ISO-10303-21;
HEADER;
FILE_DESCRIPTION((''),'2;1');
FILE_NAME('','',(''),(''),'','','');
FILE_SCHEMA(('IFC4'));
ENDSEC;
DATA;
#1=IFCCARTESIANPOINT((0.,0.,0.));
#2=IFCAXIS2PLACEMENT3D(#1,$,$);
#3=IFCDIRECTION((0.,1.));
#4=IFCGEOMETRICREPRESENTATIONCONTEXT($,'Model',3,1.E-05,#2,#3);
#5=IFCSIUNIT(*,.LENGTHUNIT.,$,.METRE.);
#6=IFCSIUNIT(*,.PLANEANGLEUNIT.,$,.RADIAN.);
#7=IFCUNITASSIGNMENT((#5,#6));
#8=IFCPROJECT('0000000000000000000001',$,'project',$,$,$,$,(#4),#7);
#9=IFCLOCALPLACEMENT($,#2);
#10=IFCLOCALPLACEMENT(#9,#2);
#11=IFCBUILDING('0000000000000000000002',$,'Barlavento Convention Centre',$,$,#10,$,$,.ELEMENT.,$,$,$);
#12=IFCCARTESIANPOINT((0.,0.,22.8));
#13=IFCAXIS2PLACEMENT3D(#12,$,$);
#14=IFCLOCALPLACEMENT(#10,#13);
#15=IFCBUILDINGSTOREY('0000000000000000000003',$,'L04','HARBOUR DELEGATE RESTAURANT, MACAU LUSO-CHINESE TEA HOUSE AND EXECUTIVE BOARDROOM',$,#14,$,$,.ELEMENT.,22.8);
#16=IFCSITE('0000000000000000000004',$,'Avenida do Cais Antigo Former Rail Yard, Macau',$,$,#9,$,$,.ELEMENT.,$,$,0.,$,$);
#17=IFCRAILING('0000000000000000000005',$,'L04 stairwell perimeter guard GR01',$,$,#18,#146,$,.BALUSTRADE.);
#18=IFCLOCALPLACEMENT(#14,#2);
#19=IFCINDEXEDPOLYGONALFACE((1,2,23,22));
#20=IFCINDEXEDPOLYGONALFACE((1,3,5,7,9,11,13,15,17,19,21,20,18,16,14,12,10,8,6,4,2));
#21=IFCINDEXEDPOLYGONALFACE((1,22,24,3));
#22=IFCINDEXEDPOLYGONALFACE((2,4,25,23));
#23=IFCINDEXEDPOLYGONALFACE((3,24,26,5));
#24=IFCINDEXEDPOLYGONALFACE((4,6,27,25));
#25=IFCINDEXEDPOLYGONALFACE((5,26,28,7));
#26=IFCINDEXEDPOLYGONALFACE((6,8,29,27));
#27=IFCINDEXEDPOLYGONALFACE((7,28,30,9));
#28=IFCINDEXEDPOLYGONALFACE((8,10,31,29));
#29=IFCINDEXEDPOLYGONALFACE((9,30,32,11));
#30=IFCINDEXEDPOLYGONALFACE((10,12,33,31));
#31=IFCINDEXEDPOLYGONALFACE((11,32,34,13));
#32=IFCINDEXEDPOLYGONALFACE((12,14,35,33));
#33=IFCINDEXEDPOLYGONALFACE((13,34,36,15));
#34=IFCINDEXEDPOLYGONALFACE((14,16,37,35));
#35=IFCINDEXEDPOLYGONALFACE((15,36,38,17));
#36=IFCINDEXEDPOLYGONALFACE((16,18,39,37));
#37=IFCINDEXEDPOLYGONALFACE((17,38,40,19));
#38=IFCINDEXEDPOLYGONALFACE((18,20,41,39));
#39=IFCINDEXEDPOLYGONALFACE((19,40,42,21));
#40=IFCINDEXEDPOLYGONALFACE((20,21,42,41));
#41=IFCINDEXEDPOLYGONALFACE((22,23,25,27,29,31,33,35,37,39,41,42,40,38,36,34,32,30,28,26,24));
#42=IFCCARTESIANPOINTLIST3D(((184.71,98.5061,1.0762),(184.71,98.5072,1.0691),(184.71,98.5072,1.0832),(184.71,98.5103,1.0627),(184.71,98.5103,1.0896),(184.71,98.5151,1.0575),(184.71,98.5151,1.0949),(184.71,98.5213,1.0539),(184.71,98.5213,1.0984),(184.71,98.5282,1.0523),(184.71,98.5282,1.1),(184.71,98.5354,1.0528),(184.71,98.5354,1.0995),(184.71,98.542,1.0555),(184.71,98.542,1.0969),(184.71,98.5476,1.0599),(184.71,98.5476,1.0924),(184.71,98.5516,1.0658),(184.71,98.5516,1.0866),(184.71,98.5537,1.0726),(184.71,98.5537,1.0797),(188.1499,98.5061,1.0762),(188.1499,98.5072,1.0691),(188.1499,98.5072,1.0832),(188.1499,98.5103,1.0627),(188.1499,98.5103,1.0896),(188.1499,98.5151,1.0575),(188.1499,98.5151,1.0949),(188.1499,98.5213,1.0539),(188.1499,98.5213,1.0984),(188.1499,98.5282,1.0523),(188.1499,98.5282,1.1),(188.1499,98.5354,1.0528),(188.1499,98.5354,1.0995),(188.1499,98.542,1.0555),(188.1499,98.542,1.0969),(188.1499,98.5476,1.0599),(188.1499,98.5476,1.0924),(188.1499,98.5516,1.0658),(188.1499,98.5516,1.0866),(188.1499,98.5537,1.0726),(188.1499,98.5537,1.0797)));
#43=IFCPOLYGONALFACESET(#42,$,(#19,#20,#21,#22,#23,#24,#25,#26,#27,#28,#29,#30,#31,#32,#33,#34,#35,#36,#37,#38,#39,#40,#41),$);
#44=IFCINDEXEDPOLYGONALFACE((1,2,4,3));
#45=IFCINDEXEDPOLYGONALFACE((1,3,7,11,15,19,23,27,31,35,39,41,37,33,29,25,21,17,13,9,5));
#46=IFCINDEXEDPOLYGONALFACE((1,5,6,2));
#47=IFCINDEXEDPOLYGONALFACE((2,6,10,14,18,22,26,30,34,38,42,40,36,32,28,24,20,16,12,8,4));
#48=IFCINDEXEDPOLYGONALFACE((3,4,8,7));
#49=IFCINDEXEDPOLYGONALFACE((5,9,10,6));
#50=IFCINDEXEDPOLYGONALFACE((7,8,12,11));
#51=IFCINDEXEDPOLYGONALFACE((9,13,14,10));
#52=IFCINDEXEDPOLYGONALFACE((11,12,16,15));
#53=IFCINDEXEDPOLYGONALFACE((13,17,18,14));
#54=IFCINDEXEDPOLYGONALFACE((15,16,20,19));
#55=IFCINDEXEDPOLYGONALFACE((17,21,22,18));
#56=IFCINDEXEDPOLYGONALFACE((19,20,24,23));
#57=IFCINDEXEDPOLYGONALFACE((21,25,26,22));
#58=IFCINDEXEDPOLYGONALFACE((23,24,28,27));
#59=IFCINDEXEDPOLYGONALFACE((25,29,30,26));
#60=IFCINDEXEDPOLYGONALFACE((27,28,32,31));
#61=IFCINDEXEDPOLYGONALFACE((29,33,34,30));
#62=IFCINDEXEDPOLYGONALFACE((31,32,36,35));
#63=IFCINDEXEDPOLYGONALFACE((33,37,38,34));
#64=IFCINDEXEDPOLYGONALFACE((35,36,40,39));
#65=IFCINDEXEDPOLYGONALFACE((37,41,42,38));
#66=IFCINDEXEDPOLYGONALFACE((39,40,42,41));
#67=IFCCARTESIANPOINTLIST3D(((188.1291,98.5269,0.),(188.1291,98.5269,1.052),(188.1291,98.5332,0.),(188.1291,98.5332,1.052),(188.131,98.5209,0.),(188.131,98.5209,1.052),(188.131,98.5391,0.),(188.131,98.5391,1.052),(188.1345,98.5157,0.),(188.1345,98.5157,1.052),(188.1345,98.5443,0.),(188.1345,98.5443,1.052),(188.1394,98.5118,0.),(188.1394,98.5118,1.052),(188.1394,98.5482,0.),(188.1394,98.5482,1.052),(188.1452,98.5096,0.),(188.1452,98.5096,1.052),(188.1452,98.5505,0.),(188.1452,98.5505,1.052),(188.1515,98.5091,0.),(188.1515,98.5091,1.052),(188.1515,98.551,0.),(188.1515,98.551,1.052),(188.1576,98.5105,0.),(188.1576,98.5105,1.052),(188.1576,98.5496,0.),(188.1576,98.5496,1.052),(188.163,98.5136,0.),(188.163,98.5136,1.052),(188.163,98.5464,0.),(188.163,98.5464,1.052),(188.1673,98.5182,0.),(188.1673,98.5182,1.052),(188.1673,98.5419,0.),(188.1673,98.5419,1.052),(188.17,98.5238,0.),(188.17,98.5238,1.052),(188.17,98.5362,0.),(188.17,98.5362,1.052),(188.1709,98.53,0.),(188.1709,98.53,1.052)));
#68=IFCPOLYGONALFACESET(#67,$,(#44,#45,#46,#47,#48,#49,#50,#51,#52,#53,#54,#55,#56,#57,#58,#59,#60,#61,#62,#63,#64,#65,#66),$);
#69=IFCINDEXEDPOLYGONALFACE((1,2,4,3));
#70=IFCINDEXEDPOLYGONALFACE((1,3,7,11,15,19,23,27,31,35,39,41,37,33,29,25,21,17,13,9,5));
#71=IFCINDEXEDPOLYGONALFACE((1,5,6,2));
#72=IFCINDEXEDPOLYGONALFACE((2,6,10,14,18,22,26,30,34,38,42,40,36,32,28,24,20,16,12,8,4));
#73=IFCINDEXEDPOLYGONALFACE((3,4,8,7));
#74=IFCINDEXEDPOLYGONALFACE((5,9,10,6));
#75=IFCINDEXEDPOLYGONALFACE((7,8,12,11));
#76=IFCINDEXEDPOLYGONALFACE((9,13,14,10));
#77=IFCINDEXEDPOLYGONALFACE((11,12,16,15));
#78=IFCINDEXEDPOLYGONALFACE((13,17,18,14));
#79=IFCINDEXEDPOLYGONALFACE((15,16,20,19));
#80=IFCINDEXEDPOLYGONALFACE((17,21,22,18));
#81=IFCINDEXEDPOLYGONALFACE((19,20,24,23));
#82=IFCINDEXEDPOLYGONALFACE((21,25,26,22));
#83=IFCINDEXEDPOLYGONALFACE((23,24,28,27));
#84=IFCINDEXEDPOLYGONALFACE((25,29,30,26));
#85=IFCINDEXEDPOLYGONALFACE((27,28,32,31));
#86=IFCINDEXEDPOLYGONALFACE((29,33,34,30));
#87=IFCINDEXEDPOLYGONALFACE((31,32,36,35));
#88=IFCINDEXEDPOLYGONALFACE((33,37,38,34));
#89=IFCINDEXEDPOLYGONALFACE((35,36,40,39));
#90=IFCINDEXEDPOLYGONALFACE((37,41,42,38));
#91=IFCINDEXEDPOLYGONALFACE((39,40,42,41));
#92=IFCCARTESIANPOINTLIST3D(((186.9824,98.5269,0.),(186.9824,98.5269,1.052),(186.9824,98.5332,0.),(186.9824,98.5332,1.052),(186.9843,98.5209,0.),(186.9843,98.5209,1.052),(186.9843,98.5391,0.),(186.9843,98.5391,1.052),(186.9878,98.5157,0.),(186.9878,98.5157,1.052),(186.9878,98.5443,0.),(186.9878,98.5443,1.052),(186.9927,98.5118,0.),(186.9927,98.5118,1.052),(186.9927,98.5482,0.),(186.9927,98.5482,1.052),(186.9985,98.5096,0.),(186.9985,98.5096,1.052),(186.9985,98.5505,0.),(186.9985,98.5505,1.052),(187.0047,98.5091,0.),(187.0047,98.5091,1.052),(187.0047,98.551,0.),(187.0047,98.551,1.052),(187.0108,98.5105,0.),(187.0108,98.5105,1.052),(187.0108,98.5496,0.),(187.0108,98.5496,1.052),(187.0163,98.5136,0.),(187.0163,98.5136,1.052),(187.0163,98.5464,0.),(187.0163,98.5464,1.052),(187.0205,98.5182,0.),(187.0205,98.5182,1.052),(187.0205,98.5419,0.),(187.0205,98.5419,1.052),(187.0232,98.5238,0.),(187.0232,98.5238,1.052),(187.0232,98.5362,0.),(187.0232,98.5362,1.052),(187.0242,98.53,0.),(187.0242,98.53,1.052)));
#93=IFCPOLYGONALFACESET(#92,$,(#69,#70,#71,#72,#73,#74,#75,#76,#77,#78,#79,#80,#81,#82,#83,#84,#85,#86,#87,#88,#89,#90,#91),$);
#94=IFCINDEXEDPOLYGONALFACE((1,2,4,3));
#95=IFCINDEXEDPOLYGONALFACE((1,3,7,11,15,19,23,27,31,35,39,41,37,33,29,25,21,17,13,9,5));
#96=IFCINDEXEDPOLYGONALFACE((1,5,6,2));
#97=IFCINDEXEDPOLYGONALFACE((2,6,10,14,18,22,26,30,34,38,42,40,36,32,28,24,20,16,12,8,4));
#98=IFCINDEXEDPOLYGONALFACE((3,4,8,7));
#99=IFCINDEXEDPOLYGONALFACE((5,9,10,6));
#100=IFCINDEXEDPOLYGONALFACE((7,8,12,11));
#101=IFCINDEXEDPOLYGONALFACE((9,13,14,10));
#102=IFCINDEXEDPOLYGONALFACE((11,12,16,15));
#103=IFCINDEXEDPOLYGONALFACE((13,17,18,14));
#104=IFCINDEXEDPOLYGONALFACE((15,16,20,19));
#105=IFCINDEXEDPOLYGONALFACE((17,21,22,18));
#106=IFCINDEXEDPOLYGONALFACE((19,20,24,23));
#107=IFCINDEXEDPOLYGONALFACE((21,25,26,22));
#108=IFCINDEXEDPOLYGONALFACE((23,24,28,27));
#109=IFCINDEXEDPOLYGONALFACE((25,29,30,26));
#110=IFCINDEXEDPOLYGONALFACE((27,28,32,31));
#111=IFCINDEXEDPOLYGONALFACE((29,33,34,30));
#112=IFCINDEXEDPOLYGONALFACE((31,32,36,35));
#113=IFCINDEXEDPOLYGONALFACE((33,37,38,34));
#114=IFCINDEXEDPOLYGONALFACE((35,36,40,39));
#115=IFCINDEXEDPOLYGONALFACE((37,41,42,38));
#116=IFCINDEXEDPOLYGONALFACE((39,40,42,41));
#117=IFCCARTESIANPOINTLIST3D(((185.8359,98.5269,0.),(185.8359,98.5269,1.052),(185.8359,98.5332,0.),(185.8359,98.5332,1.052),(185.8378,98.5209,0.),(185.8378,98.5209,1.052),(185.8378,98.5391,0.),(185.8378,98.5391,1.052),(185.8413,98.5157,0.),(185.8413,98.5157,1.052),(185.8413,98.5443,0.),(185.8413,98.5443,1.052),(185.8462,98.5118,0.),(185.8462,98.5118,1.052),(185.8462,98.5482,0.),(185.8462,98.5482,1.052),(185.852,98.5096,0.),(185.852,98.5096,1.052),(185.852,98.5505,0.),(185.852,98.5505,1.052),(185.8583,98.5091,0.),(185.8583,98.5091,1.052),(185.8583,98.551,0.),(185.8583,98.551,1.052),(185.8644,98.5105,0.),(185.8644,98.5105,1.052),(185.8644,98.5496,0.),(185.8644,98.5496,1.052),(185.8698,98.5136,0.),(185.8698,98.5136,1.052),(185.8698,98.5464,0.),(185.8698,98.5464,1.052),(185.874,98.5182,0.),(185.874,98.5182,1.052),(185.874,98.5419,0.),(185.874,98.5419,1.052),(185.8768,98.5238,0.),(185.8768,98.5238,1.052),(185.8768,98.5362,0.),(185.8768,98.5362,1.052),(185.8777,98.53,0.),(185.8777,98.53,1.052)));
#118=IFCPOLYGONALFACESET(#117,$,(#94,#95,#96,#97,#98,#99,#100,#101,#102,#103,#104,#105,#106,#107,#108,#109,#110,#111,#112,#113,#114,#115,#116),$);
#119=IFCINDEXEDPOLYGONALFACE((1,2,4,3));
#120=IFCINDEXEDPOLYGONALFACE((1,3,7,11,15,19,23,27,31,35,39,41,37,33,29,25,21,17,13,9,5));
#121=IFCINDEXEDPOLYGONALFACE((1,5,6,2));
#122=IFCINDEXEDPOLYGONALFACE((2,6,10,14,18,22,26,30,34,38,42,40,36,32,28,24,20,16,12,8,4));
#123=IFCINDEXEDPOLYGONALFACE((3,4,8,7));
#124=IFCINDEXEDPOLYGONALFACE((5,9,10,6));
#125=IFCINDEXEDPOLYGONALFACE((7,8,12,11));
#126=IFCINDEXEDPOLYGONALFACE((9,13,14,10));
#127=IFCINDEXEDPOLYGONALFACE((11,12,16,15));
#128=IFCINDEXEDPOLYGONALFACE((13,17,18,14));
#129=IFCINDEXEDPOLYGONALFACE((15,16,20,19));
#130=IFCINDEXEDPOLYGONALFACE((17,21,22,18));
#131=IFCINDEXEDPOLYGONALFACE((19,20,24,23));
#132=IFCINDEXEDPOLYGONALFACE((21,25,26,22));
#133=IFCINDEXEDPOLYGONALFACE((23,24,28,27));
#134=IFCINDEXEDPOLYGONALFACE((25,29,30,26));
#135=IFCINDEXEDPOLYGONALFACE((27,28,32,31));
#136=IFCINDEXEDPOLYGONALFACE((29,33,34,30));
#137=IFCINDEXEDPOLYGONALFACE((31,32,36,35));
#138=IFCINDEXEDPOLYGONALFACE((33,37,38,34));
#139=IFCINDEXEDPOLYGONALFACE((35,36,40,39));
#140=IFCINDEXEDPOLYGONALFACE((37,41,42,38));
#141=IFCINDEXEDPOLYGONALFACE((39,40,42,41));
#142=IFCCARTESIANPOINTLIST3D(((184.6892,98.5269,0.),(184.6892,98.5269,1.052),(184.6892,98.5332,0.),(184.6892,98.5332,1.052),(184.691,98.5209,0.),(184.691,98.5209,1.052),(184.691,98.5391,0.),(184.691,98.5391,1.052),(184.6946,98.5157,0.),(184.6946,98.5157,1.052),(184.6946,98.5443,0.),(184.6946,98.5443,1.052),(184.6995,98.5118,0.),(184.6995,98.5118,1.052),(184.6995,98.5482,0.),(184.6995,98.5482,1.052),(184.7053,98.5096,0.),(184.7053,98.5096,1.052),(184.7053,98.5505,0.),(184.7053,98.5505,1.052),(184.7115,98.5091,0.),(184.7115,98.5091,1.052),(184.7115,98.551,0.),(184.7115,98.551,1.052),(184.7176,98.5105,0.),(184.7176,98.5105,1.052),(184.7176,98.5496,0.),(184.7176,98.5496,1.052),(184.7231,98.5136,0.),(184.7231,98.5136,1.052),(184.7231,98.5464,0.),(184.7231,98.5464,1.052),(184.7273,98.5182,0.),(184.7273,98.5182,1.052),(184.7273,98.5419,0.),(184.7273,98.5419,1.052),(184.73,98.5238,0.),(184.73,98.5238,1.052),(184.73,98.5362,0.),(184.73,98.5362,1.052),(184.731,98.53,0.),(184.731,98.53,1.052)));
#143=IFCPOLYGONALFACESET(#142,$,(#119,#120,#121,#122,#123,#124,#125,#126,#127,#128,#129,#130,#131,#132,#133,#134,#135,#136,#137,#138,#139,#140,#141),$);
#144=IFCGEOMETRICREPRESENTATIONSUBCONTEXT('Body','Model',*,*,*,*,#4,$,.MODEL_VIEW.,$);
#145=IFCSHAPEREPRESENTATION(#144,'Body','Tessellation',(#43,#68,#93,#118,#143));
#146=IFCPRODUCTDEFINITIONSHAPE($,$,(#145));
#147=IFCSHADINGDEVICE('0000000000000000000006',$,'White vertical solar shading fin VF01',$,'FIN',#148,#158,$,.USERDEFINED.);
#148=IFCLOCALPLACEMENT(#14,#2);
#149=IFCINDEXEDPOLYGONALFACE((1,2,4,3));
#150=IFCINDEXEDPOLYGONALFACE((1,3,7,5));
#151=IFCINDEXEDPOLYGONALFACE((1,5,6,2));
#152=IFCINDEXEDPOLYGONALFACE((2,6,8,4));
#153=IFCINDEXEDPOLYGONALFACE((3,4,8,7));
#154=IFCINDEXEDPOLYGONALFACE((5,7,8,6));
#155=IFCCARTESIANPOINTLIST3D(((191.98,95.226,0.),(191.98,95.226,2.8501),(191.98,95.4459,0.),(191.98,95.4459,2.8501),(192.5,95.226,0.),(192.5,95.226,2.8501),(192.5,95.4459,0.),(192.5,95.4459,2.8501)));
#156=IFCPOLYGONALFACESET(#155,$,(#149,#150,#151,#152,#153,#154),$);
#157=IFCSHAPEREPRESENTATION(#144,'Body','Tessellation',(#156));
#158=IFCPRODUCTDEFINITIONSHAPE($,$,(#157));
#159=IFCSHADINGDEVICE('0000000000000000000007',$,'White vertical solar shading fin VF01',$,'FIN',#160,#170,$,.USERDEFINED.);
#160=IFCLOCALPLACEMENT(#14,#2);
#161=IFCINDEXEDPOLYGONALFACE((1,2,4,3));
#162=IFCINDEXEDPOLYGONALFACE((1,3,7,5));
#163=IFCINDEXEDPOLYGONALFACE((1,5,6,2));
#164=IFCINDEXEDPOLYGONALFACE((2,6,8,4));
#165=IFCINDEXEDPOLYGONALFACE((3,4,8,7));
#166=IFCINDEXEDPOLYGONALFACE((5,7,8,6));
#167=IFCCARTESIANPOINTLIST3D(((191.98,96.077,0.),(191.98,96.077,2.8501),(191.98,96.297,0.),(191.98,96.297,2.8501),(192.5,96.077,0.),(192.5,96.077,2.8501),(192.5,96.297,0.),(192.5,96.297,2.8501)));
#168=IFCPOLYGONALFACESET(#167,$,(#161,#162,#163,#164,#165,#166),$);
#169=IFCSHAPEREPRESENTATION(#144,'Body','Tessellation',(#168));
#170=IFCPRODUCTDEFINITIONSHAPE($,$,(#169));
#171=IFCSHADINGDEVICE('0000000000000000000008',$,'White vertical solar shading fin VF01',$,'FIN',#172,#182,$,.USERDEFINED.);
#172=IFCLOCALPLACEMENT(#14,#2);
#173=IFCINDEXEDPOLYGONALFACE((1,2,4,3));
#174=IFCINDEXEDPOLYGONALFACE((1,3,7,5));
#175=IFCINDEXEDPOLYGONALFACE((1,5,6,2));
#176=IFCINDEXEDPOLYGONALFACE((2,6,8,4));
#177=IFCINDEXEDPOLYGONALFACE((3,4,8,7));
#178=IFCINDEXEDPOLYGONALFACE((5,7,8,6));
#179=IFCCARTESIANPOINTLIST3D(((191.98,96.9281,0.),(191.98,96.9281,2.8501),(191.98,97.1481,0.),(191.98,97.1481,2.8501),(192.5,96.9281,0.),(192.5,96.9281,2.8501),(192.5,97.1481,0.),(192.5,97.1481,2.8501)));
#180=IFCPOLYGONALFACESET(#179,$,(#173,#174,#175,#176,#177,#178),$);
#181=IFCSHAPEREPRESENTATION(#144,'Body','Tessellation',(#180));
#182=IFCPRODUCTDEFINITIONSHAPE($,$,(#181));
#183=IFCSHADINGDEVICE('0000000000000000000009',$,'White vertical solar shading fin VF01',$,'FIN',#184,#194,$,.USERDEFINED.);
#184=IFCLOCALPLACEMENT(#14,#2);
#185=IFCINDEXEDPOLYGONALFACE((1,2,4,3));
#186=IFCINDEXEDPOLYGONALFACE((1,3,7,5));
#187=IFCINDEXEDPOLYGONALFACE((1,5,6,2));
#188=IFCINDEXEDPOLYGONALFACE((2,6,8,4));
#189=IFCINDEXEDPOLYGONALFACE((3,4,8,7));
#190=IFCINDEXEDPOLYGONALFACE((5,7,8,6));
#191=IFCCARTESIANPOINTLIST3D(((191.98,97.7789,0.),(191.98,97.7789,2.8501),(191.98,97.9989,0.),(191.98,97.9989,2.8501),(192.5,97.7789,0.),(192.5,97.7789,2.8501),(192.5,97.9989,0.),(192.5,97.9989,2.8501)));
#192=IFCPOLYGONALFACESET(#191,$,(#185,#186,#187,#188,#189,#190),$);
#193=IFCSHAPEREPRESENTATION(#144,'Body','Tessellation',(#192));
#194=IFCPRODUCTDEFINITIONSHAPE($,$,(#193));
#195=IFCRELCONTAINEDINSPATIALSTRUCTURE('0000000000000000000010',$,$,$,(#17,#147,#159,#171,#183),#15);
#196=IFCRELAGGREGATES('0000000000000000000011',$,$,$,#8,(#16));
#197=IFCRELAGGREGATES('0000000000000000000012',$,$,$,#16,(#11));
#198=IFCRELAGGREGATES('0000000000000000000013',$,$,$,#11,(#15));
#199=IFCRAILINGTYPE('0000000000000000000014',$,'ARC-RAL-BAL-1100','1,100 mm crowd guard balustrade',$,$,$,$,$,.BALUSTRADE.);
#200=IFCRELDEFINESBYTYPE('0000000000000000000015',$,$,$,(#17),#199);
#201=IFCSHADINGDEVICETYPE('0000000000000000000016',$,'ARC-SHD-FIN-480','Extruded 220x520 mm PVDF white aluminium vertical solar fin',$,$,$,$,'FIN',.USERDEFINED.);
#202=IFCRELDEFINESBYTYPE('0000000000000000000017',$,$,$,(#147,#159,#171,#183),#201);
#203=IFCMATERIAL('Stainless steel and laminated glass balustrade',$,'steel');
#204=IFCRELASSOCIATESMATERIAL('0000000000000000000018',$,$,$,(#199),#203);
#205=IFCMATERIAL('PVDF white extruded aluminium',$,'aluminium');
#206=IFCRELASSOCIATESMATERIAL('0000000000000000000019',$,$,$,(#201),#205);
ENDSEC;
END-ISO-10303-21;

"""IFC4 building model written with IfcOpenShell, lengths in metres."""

from ifc_helpers import new_model, si_unit, direction, frame, origin, origin_2d, place, context, subcontext, project, spatial, rectangle, circle, extrude, material, type_object, element, save


model = new_model("IFC4")

# Units and contexts
model_context = context("Model", 3, precision=1e-05, world=origin(), true_north=direction((0.0, 1.0)))
body_context = subcontext(model_context, "Body", "Model", "MODEL_VIEW")
ifc_project = project(units=[si_unit("LENGTHUNIT", "METRE"), si_unit("PLANEANGLEUNIT", "RADIAN")], contexts=[model_context])

# Site, building, storey
site_placement = place(None, origin())
site = spatial("IfcSite", under=ifc_project, at=site_placement, Name="Avenida do Cais Antigo Former Rail Yard, Macau", CompositionType="ELEMENT", RefElevation=0.0)
building_placement = place(site_placement, origin())
building = spatial("IfcBuilding", under=site, at=building_placement, Name="Barlavento Convention Centre", CompositionType="ELEMENT")
storey_placement = place(building_placement, frame((0.0, 0.0, 22.8)))
storey = spatial("IfcBuildingStorey", under=building, at=storey_placement, Name="L04", Description="HARBOUR DELEGATE RESTAURANT, MACAU LUSO-CHINESE TEA HOUSE AND EXECUTIVE BOARDROOM", CompositionType="ELEMENT", Elevation=22.8)

# Railing
ifc_material_1 = material(Name="Stainless steel and laminated glass balustrade", Category="steel")
railing_type = type_object("IfcRailingType", Name="ARC-RAL-BAL-1100", Description="1,100 mm crowd guard balustrade", PredefinedType="BALUSTRADE", material=ifc_material_1)
for number, where, name in (
    (1, (188.1499, 98.53, 0.0), "L04 stairwell perimeter guard GR01"),
):
    element("IfcRailing", number, at=place(storey_placement, frame(where)), inside=storey, type_object=railing_type, Name=name, PredefinedType="BALUSTRADE", context=body_context, shape_type="SweptSolid", body=[
        extrude(circle(Radius=0.0239, at=origin_2d()), frame((0.0, 0.0, 1.0762), z_axis=(-1.0, 0.0, 0.0), x_axis=(0.0, -1.0, 0.0)), (0.0, 0.0, 1.0), 3.4399),
        extrude(circle(Radius=0.021, at=origin_2d()), origin(), (0.0, 0.0, 1.0), 1.052),
        extrude(circle(Radius=0.021, at=origin_2d()), frame((-1.1467, 0.0, 0.0)), (0.0, 0.0, 1.0), 1.052),
        extrude(circle(Radius=0.021, at=origin_2d()), frame((-2.2932, 0.0, 0.0)), (0.0, 0.0, 1.0), 1.052),
        extrude(circle(Radius=0.021, at=origin_2d()), frame((-3.4399, 0.0, 0.0)), (0.0, 0.0, 1.0), 1.052),
    ])

# Shading devices
ifc_material_2 = material(Name="PVDF white extruded aluminium", Category="aluminium")
shading_device_type = type_object("IfcShadingDeviceType", Name="ARC-SHD-FIN-480", Description="Extruded 220x520 mm PVDF white aluminium vertical solar fin", ElementType="FIN", PredefinedType="USERDEFINED", material=ifc_material_2)
for number, where, z_axis, x_axis, name in (
    (2, (192.24, 95.3359, 0.0), (0.0, 0.0, 1.0), (0.0, 1.0, 0.0), "White vertical solar shading fin VF01"),
    (3, (192.24, 96.187, 0.0), (0.0, 0.0, 1.0), (0.0, 1.0, 0.0), "White vertical solar shading fin VF01"),
    (4, (192.24, 97.0381, 0.0), (0.0, 0.0, 1.0), (0.0, 1.0, 0.0), "White vertical solar shading fin VF01"),
    (5, (192.24, 97.8889, 0.0), (0.0, 0.0, 1.0), (0.0, 1.0, 0.0), "White vertical solar shading fin VF01"),
):
    element("IfcShadingDevice", number, at=place(storey_placement, frame(where, z_axis=z_axis, x_axis=x_axis)), inside=storey, type_object=shading_device_type, Name=name, ObjectType="FIN", PredefinedType="USERDEFINED", context=body_context, shape_type="SweptSolid", body=[
        extrude(rectangle(XDim=0.22, YDim=0.52, at=origin_2d()), origin(), (0.0, 0.0, 1.0), 2.8501),
    ])

save(model, "model.ifc")
